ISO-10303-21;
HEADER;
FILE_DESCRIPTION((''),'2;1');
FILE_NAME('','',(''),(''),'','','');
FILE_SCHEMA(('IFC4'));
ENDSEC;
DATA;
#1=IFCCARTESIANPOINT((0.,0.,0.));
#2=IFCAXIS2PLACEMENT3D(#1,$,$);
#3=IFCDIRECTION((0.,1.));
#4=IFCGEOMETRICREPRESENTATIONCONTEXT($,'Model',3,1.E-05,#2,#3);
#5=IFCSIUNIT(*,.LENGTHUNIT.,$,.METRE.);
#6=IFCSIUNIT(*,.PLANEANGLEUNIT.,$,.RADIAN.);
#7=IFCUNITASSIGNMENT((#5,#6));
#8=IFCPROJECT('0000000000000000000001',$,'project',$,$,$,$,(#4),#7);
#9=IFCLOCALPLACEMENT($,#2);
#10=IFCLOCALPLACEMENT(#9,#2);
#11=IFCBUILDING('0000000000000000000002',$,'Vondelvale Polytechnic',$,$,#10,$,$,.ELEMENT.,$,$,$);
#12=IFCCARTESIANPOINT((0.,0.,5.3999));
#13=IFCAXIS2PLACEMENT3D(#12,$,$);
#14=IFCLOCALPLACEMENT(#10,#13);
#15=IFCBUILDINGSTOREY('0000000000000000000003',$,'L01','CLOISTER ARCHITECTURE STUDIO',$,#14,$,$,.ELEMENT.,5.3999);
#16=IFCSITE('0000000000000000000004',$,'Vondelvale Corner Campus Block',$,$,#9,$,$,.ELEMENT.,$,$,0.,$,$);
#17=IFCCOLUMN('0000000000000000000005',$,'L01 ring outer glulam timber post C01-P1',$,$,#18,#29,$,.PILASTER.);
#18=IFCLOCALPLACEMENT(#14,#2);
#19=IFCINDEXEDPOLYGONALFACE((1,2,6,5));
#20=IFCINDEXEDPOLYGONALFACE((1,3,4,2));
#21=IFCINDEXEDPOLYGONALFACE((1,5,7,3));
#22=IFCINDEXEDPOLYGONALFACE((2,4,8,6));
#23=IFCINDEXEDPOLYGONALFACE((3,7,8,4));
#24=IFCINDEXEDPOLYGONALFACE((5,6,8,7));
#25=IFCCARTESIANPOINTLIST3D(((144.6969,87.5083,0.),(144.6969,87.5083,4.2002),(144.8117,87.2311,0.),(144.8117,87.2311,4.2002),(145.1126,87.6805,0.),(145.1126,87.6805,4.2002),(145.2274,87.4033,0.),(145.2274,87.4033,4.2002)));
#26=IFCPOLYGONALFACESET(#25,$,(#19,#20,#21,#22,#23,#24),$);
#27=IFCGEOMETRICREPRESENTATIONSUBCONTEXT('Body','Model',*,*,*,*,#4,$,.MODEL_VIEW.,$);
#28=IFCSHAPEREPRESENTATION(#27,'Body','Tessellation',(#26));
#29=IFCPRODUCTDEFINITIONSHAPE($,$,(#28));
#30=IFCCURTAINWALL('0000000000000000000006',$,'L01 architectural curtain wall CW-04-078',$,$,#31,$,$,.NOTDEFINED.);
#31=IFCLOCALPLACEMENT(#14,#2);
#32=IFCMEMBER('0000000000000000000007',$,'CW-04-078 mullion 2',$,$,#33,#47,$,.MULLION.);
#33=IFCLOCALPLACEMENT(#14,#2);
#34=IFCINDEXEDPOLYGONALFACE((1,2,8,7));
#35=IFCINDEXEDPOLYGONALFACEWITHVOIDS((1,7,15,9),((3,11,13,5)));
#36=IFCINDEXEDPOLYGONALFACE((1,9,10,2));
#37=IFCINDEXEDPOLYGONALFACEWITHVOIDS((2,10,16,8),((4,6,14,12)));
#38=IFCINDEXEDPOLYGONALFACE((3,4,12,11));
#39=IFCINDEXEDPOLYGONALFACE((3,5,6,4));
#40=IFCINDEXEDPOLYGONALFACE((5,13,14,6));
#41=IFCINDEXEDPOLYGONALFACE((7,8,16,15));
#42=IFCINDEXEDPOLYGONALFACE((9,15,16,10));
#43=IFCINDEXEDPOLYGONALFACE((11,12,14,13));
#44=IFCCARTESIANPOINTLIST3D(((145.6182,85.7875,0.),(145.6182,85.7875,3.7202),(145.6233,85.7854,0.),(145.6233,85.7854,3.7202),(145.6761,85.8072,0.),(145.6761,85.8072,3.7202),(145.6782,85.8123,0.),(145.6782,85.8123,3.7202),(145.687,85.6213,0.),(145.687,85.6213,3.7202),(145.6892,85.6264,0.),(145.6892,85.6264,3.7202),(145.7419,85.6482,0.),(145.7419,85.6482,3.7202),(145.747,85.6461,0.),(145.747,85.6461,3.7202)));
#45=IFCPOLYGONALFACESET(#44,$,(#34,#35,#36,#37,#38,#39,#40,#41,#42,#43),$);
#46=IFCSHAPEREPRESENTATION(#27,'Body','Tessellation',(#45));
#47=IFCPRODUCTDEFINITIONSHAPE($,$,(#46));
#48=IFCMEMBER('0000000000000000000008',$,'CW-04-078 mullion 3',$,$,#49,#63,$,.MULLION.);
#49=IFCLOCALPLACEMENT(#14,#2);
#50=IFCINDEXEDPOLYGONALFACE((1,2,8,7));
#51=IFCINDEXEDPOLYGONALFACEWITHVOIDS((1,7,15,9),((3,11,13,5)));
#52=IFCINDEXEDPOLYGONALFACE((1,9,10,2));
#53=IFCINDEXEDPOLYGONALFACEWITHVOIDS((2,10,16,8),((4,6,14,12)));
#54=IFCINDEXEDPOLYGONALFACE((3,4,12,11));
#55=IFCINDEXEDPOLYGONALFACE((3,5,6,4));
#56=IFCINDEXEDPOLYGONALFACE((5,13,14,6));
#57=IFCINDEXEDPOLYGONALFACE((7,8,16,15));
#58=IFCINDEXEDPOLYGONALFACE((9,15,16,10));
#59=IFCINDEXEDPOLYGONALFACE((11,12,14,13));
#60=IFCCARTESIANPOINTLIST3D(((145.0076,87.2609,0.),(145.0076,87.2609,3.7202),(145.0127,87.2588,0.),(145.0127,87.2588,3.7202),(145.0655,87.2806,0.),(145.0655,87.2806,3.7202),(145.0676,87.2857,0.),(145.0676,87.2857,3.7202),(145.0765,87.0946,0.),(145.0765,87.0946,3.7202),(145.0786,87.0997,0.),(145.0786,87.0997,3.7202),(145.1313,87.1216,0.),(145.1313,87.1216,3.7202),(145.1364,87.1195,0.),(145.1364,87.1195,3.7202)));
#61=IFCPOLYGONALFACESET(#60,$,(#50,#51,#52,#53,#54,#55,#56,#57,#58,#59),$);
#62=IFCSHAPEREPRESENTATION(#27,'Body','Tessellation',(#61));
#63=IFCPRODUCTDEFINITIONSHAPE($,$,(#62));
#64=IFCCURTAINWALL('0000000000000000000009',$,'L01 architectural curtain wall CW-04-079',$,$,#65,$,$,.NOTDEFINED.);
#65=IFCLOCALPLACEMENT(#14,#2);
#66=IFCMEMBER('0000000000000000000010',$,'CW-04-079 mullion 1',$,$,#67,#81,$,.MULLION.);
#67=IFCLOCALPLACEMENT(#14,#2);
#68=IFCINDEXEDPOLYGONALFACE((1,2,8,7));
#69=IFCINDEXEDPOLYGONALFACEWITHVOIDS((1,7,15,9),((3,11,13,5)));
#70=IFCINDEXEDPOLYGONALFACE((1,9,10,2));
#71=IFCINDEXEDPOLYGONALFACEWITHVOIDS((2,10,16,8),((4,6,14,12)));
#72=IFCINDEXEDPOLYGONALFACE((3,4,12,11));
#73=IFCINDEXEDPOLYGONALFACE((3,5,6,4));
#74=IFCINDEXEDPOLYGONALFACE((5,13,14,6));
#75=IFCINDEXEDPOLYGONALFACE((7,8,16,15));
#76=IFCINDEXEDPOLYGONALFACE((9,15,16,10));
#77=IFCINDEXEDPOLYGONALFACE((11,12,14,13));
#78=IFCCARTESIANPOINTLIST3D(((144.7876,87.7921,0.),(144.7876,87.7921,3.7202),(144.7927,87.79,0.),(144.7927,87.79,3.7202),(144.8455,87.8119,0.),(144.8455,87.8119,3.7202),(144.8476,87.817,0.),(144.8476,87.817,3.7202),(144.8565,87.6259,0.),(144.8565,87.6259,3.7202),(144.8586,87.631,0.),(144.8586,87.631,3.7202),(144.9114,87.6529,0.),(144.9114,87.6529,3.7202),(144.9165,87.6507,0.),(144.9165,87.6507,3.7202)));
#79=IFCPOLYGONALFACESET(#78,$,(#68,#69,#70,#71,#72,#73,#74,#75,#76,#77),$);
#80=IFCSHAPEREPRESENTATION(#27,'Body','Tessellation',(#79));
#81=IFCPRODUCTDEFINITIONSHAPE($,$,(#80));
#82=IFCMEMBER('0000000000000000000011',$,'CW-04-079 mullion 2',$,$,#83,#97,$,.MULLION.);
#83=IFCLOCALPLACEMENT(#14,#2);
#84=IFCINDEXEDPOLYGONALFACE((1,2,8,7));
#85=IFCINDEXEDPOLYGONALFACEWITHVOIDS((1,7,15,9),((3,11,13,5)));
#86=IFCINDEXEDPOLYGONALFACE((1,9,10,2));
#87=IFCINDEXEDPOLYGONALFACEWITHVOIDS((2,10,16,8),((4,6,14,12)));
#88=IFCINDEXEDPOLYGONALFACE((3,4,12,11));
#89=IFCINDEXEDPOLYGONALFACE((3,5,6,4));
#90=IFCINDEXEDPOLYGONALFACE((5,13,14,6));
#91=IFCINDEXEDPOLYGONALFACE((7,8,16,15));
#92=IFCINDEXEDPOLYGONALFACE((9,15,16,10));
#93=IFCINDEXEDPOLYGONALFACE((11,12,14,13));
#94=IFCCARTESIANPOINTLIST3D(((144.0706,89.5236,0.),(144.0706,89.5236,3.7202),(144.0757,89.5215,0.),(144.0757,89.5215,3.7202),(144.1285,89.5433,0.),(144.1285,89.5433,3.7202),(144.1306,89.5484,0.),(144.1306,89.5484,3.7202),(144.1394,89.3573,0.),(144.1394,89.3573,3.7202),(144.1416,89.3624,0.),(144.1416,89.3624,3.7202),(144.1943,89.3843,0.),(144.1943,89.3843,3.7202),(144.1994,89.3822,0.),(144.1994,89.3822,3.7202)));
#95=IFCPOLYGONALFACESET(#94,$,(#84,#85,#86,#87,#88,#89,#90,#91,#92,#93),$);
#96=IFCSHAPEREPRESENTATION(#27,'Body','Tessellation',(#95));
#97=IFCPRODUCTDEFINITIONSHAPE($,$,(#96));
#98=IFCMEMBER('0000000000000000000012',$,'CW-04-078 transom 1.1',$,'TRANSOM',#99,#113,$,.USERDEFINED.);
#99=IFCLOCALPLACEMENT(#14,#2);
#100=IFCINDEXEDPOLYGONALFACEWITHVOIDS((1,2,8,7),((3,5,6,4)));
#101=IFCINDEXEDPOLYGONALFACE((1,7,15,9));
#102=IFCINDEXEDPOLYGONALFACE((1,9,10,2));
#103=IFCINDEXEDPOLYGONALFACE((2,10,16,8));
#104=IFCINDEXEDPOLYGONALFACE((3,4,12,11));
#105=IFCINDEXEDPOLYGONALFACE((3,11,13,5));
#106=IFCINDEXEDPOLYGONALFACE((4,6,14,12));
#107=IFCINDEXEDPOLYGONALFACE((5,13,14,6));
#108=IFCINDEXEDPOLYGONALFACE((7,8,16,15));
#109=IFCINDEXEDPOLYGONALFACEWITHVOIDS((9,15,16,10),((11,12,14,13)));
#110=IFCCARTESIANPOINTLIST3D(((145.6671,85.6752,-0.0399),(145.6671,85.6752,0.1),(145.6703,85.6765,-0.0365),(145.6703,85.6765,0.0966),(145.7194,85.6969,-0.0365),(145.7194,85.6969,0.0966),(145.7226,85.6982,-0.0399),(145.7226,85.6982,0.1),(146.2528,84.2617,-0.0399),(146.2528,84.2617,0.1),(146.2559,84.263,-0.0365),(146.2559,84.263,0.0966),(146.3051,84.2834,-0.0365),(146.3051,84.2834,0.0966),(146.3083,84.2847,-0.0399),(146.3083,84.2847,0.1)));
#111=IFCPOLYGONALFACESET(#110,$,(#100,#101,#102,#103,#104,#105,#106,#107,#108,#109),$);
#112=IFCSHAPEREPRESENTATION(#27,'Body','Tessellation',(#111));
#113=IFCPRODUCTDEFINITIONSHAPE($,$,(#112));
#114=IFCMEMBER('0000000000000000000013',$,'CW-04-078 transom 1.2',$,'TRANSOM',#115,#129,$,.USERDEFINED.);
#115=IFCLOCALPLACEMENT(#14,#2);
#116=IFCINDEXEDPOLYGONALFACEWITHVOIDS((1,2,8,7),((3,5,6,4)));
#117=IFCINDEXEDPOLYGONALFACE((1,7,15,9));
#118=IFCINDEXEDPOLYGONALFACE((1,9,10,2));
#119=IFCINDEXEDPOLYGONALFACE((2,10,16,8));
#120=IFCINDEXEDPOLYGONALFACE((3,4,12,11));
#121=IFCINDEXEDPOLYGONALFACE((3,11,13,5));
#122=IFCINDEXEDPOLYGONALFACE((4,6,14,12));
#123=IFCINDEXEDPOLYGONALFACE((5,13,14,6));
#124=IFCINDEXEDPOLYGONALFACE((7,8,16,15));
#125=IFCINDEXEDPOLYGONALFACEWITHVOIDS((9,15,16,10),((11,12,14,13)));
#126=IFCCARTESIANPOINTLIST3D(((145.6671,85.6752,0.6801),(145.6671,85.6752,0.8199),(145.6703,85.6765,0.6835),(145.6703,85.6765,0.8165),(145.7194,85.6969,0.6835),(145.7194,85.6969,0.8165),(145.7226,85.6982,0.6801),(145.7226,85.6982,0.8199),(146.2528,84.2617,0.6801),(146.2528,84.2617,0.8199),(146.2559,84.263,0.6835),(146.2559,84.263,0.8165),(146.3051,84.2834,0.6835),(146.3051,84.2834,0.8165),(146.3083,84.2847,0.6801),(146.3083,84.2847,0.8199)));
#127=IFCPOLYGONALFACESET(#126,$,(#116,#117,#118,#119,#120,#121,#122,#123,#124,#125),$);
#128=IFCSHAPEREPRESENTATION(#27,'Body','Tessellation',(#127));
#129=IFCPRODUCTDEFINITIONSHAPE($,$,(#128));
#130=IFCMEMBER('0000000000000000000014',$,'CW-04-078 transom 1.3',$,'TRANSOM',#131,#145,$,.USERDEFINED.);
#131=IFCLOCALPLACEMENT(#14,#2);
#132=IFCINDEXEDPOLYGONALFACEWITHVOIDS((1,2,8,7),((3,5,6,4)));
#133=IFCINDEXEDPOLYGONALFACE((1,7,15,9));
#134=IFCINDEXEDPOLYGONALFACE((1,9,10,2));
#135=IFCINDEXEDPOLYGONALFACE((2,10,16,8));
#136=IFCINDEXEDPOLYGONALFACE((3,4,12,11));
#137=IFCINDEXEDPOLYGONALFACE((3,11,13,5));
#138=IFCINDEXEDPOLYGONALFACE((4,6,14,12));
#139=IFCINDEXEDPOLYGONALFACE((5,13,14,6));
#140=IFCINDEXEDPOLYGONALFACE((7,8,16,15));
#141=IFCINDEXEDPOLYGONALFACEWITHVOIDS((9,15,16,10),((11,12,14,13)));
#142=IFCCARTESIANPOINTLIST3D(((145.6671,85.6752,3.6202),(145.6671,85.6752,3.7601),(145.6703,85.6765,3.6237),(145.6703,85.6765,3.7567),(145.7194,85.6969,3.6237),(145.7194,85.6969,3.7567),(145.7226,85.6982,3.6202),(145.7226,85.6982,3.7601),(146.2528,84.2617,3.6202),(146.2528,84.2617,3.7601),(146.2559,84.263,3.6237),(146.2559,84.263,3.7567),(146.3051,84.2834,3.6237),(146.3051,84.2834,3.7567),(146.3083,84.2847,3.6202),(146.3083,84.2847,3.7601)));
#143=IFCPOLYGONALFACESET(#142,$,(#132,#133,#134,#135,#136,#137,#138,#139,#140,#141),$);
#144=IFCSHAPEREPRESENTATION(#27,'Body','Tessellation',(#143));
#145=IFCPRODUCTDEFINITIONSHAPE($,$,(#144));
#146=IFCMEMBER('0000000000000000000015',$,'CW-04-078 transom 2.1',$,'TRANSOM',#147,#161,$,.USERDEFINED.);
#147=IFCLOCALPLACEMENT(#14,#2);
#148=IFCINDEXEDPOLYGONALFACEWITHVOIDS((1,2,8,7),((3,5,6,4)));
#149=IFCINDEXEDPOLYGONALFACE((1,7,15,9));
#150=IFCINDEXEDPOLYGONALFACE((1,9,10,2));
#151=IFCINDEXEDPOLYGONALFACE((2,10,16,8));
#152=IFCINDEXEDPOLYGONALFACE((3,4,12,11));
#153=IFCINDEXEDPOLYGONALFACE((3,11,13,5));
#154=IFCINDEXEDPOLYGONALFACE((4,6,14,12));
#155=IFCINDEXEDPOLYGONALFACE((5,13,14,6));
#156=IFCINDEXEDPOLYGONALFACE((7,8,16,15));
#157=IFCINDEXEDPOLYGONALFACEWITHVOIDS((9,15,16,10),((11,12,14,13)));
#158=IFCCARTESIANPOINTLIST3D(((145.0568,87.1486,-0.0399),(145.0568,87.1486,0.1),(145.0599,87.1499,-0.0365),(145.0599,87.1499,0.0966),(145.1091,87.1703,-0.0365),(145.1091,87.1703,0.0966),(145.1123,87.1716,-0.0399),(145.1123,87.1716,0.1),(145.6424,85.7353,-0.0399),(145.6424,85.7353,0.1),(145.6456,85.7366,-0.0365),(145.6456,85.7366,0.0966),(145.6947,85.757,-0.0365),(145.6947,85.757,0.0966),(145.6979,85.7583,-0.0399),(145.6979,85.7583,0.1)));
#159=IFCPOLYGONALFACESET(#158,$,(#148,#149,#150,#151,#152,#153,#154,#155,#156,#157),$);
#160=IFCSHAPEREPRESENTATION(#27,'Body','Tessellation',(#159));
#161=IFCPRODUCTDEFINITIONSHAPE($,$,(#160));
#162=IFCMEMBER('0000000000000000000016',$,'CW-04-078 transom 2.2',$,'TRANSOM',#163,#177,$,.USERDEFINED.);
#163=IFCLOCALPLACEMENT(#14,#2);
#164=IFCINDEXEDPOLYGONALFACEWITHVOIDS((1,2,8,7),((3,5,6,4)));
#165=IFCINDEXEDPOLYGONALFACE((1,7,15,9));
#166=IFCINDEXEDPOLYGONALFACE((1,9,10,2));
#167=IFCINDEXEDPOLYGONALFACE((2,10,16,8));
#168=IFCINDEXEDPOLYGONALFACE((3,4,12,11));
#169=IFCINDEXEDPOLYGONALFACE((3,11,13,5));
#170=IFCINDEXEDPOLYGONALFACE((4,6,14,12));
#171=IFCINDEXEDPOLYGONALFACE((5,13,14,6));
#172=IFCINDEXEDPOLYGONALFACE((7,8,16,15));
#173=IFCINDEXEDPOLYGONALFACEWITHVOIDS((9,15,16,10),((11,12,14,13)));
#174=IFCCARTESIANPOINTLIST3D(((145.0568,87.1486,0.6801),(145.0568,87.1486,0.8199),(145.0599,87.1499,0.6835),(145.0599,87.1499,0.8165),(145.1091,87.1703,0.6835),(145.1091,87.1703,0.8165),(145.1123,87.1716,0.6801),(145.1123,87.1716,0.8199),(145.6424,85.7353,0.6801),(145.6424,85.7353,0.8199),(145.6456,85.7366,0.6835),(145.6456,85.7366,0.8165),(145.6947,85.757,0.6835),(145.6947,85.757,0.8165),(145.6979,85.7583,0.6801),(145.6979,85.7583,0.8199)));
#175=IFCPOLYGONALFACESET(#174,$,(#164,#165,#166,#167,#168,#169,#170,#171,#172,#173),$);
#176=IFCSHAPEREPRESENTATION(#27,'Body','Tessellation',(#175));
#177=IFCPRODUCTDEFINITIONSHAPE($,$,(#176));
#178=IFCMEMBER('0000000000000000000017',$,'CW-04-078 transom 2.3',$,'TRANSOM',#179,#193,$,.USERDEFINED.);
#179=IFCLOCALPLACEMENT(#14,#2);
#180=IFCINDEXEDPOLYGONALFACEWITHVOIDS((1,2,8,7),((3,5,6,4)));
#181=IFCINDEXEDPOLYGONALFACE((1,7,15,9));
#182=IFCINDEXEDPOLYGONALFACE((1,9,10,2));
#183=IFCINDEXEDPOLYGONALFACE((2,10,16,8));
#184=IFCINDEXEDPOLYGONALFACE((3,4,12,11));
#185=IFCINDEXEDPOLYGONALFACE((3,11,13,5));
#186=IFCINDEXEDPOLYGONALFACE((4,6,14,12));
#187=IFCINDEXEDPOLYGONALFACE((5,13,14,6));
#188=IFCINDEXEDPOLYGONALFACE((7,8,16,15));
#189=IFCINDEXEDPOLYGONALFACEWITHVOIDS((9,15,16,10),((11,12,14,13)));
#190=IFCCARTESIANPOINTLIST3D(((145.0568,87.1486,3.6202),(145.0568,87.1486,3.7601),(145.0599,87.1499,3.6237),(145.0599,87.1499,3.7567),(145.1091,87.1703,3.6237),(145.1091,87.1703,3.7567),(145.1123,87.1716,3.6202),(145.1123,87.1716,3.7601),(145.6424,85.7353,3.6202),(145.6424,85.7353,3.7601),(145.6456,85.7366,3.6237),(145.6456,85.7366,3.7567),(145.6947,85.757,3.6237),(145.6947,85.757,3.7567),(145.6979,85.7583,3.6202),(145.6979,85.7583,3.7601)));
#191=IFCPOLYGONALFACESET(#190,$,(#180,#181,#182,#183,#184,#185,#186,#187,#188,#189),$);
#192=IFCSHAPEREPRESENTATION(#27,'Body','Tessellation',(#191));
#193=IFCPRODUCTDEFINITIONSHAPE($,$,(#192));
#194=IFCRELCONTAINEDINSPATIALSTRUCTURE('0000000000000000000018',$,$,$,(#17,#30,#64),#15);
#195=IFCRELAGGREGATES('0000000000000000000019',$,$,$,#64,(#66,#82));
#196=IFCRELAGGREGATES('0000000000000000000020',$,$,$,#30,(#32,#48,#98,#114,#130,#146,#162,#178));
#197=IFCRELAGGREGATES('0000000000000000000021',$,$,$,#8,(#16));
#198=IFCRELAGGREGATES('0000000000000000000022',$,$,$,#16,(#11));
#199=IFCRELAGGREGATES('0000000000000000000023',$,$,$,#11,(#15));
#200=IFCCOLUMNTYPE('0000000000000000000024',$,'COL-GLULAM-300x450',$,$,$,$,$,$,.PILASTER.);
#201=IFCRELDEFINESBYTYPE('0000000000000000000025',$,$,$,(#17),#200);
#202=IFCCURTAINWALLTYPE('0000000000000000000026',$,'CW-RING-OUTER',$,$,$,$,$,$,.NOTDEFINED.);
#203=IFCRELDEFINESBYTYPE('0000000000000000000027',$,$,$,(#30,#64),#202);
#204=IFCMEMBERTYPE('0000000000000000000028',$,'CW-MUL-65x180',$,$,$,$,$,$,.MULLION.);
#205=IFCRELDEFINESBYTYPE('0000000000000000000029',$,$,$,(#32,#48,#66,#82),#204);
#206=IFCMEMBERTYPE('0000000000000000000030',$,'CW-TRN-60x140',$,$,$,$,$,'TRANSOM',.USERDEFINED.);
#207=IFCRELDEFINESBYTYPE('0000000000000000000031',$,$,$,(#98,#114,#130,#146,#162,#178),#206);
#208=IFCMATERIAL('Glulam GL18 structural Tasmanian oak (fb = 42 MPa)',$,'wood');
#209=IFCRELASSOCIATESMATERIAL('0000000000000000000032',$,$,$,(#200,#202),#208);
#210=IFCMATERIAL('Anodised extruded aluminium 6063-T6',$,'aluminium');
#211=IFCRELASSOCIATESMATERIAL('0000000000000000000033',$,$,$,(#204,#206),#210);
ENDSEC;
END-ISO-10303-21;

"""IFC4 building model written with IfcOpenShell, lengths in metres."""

from ifc_helpers import new_model, si_unit, direction, frame, origin, origin_2d, place, context, subcontext, project, spatial, rectangle, hollow_rectangle, extrude, material, material_profile, profile_set, type_object, element, aggregate, save


model = new_model("IFC4")

# Units and contexts
model_context = context("Model", 3, precision=1e-05, world=origin(), true_north=direction((0.0, 1.0)))
body_context = subcontext(model_context, "Body", "Model", "MODEL_VIEW")
ifc_project = project(units=[si_unit("LENGTHUNIT", "METRE"), si_unit("PLANEANGLEUNIT", "RADIAN")], contexts=[model_context])

# Site, building, storey
site_placement = place(None, origin())
site = spatial("IfcSite", under=ifc_project, at=site_placement, Name="Vondelvale Corner Campus Block", CompositionType="ELEMENT", RefElevation=0.0)
building_placement = place(site_placement, origin())
building = spatial("IfcBuilding", under=site, at=building_placement, Name="Vondelvale Polytechnic", CompositionType="ELEMENT")
storey_placement = place(building_placement, frame((0.0, 0.0, 5.3999)))
storey = spatial("IfcBuildingStorey", under=building, at=storey_placement, Name="L01", Description="CLOISTER ARCHITECTURE STUDIO", CompositionType="ELEMENT", Elevation=5.3999)

# Column
ifc_material_1 = material(Name="Glulam GL18 structural Tasmanian oak (fb = 42 MPa)", Category="wood")
ifc_material_profile_1 = material_profile(ifc_material_1, rectangle(XDim=0.3, YDim=0.45, at=origin_2d()), Name="GL-POST-300x450")
ifc_profile_set_1 = profile_set([ifc_material_profile_1], Name="Glulam GL18 structural Tasmanian oak (fb = 42 MPa)")
column_type = type_object("IfcColumnType", Name="COL-GLULAM-300x450", PredefinedType="PILASTER", material=ifc_profile_set_1)
column_placement = place(storey_placement, frame((144.9622, 87.4558, 0.0), z_axis=(0.0, 0.0, 1.0), x_axis=(-0.382683, 0.92388, 0.0)))
element("IfcColumn", 1, at=column_placement, inside=storey, type_object=column_type, Name="L01 ring outer glulam timber post C01-P1", PredefinedType="PILASTER", context=body_context, shape_type="SweptSolid", body=[
    extrude(rectangle(XDim=0.3, YDim=0.45, at=origin_2d()), origin(), (0.0, 0.0, 1.0), 4.2002),
])

# Curtain walls, members
curtain_wall_type = type_object("IfcCurtainWallType", Name="CW-RING-OUTER", PredefinedType="NOTDEFINED", material=ifc_material_1)
curtain_wall_1_placement = place(storey_placement, origin())
curtain_wall_1 = element("IfcCurtainWall", 2, at=curtain_wall_1_placement, inside=storey, type_object=curtain_wall_type, Name="L01 architectural curtain wall CW-04-078", PredefinedType="NOTDEFINED")
ifc_material_2 = material(Name="Anodised extruded aluminium 6063-T6", Category="aluminium")
ifc_material_profile_2 = material_profile(ifc_material_2, hollow_rectangle(XDim=0.0649, YDim=0.1799, WallThickness=0.0039, at=origin_2d()), Name="CW-MUL-180x65")
ifc_profile_set_2 = profile_set([ifc_material_profile_2], Name="Anodised extruded aluminium 6063-T6")
member_type_1 = type_object("IfcMemberType", Name="CW-MUL-65x180", PredefinedType="MULLION", material=ifc_profile_set_2)
member_1_placement = place(storey_placement, frame((145.6826, 85.7168, 0.0), z_axis=(0.0, 0.0, 1.0), x_axis=(-0.923882, -0.382677, 0.0)))
member_1 = element("IfcMember", 3, at=member_1_placement, type_object=member_type_1, Name="CW-04-078 mullion 2", PredefinedType="MULLION", context=body_context, shape_type="SweptSolid", body=[
    extrude(hollow_rectangle(XDim=0.0649, YDim=0.1799, WallThickness=0.0039, at=origin_2d()), origin(), (0.0, 0.0, 1.0), 3.7202),
])
member_2_placement = place(storey_placement, frame((145.072, 87.1902, 0.0), z_axis=(0.0, 0.0, 1.0), x_axis=(-0.923882, -0.382677, 0.0)))
member_2 = element("IfcMember", 4, at=member_2_placement, type_object=member_type_1, Name="CW-04-078 mullion 3", PredefinedType="MULLION", context=body_context, shape_type="SweptSolid", body=[
    extrude(hollow_rectangle(XDim=0.0649, YDim=0.1799, WallThickness=0.0039, at=origin_2d()), origin(), (0.0, 0.0, 1.0), 3.7202),
])
curtain_wall_2_placement = place(storey_placement, origin())
curtain_wall_2 = element("IfcCurtainWall", 5, at=curtain_wall_2_placement, inside=storey, type_object=curtain_wall_type, Name="L01 architectural curtain wall CW-04-079", PredefinedType="NOTDEFINED")
member_3_placement = place(storey_placement, frame((144.8521, 87.7214, 0.0), z_axis=(0.0, 0.0, 1.0), x_axis=(-0.923875, -0.382695, 0.0)))
member_3 = element("IfcMember", 6, at=member_3_placement, type_object=member_type_1, Name="CW-04-079 mullion 1", PredefinedType="MULLION", context=body_context, shape_type="SweptSolid", body=[
    extrude(hollow_rectangle(XDim=0.0649, YDim=0.1799, WallThickness=0.0039, at=origin_2d()), origin(), (0.0, 0.0, 1.0), 3.7202),
])
member_4_placement = place(storey_placement, frame((144.135, 89.4529, 0.0), z_axis=(0.0, 0.0, 1.0), x_axis=(-0.923875, -0.382695, 0.0)))
member_4 = element("IfcMember", 7, at=member_4_placement, type_object=member_type_1, Name="CW-04-079 mullion 2", PredefinedType="MULLION", context=body_context, shape_type="SweptSolid", body=[
    extrude(hollow_rectangle(XDim=0.0649, YDim=0.1799, WallThickness=0.0039, at=origin_2d()), origin(), (0.0, 0.0, 1.0), 3.7202),
])

# Members
ifc_material_profile_3 = material_profile(ifc_material_2, hollow_rectangle(XDim=0.0601, YDim=0.1399, WallThickness=0.0034, at=origin_2d()), Name="CW-TRN-140x60")
ifc_profile_set_3 = profile_set([ifc_material_profile_3], Name="Anodised extruded aluminium 6063-T6")
member_type_2 = type_object("IfcMemberType", Name="CW-TRN-60x140", ElementType="TRANSOM", PredefinedType="USERDEFINED", material=ifc_profile_set_3)
member_5_placement = place(storey_placement, frame((146.2805, 84.2732, 0.03), z_axis=(-0.382779, 0.92384, 0.0), x_axis=(-0.92384, -0.382779, 0.0)))
member_5 = element("IfcMember", 8, at=member_5_placement, type_object=member_type_2, Name="CW-04-078 transom 1.1", ObjectType="TRANSOM", PredefinedType="USERDEFINED", context=body_context, shape_type="SweptSolid", body=[
    extrude(hollow_rectangle(XDim=0.0601, YDim=0.1399, WallThickness=0.0034, at=origin_2d()), origin(), (0.0, 0.0, 1.0), 1.53),
])
member_6_placement = place(storey_placement, frame((146.2805, 84.2732, 0.75), z_axis=(-0.382779, 0.92384, 0.0), x_axis=(-0.92384, -0.382779, 0.0)))
member_6 = element("IfcMember", 9, at=member_6_placement, type_object=member_type_2, Name="CW-04-078 transom 1.2", ObjectType="TRANSOM", PredefinedType="USERDEFINED", context=body_context, shape_type="SweptSolid", body=[
    extrude(hollow_rectangle(XDim=0.0601, YDim=0.1399, WallThickness=0.0034, at=origin_2d()), origin(), (0.0, 0.0, 1.0), 1.53),
])
member_7_placement = place(storey_placement, frame((146.2805, 84.2732, 3.6902), z_axis=(-0.382779, 0.92384, 0.0), x_axis=(-0.92384, -0.382779, 0.0)))
member_7 = element("IfcMember", 10, at=member_7_placement, type_object=member_type_2, Name="CW-04-078 transom 1.3", ObjectType="TRANSOM", PredefinedType="USERDEFINED", context=body_context, shape_type="SweptSolid", body=[
    extrude(hollow_rectangle(XDim=0.0601, YDim=0.1399, WallThickness=0.0034, at=origin_2d()), origin(), (0.0, 0.0, 1.0), 1.53),
])
member_8_placement = place(storey_placement, frame((145.6702, 85.7468, 0.03), z_axis=(-0.382836, 0.923816, 0.0), x_axis=(-0.923816, -0.382836, 0.0)))
member_8 = element("IfcMember", 11, at=member_8_placement, type_object=member_type_2, Name="CW-04-078 transom 2.1", ObjectType="TRANSOM", PredefinedType="USERDEFINED", context=body_context, shape_type="SweptSolid", body=[
    extrude(hollow_rectangle(XDim=0.0601, YDim=0.1399, WallThickness=0.0034, at=origin_2d()), origin(), (0.0, 0.0, 1.0), 1.5298),
])
member_9_placement = place(storey_placement, frame((145.6702, 85.7468, 0.75), z_axis=(-0.382836, 0.923816, 0.0), x_axis=(-0.923816, -0.382836, 0.0)))
member_9 = element("IfcMember", 12, at=member_9_placement, type_object=member_type_2, Name="CW-04-078 transom 2.2", ObjectType="TRANSOM", PredefinedType="USERDEFINED", context=body_context, shape_type="SweptSolid", body=[
    extrude(hollow_rectangle(XDim=0.0601, YDim=0.1399, WallThickness=0.0034, at=origin_2d()), origin(), (0.0, 0.0, 1.0), 1.5298),
])
member_10_placement = place(storey_placement, frame((145.6702, 85.7468, 3.6902), z_axis=(-0.382836, 0.923816, 0.0), x_axis=(-0.923816, -0.382836, 0.0)))
member_10 = element("IfcMember", 13, at=member_10_placement, type_object=member_type_2, Name="CW-04-078 transom 2.3", ObjectType="TRANSOM", PredefinedType="USERDEFINED", context=body_context, shape_type="SweptSolid", body=[
    extrude(hollow_rectangle(XDim=0.0601, YDim=0.1399, WallThickness=0.0034, at=origin_2d()), origin(), (0.0, 0.0, 1.0), 1.5298),
])

aggregate(curtain_wall_2, [member_3, member_4])
aggregate(curtain_wall_1, [member_1, member_2, member_5, member_6, member_7, member_8, member_9, member_10])

save(model, "model.ifc")
